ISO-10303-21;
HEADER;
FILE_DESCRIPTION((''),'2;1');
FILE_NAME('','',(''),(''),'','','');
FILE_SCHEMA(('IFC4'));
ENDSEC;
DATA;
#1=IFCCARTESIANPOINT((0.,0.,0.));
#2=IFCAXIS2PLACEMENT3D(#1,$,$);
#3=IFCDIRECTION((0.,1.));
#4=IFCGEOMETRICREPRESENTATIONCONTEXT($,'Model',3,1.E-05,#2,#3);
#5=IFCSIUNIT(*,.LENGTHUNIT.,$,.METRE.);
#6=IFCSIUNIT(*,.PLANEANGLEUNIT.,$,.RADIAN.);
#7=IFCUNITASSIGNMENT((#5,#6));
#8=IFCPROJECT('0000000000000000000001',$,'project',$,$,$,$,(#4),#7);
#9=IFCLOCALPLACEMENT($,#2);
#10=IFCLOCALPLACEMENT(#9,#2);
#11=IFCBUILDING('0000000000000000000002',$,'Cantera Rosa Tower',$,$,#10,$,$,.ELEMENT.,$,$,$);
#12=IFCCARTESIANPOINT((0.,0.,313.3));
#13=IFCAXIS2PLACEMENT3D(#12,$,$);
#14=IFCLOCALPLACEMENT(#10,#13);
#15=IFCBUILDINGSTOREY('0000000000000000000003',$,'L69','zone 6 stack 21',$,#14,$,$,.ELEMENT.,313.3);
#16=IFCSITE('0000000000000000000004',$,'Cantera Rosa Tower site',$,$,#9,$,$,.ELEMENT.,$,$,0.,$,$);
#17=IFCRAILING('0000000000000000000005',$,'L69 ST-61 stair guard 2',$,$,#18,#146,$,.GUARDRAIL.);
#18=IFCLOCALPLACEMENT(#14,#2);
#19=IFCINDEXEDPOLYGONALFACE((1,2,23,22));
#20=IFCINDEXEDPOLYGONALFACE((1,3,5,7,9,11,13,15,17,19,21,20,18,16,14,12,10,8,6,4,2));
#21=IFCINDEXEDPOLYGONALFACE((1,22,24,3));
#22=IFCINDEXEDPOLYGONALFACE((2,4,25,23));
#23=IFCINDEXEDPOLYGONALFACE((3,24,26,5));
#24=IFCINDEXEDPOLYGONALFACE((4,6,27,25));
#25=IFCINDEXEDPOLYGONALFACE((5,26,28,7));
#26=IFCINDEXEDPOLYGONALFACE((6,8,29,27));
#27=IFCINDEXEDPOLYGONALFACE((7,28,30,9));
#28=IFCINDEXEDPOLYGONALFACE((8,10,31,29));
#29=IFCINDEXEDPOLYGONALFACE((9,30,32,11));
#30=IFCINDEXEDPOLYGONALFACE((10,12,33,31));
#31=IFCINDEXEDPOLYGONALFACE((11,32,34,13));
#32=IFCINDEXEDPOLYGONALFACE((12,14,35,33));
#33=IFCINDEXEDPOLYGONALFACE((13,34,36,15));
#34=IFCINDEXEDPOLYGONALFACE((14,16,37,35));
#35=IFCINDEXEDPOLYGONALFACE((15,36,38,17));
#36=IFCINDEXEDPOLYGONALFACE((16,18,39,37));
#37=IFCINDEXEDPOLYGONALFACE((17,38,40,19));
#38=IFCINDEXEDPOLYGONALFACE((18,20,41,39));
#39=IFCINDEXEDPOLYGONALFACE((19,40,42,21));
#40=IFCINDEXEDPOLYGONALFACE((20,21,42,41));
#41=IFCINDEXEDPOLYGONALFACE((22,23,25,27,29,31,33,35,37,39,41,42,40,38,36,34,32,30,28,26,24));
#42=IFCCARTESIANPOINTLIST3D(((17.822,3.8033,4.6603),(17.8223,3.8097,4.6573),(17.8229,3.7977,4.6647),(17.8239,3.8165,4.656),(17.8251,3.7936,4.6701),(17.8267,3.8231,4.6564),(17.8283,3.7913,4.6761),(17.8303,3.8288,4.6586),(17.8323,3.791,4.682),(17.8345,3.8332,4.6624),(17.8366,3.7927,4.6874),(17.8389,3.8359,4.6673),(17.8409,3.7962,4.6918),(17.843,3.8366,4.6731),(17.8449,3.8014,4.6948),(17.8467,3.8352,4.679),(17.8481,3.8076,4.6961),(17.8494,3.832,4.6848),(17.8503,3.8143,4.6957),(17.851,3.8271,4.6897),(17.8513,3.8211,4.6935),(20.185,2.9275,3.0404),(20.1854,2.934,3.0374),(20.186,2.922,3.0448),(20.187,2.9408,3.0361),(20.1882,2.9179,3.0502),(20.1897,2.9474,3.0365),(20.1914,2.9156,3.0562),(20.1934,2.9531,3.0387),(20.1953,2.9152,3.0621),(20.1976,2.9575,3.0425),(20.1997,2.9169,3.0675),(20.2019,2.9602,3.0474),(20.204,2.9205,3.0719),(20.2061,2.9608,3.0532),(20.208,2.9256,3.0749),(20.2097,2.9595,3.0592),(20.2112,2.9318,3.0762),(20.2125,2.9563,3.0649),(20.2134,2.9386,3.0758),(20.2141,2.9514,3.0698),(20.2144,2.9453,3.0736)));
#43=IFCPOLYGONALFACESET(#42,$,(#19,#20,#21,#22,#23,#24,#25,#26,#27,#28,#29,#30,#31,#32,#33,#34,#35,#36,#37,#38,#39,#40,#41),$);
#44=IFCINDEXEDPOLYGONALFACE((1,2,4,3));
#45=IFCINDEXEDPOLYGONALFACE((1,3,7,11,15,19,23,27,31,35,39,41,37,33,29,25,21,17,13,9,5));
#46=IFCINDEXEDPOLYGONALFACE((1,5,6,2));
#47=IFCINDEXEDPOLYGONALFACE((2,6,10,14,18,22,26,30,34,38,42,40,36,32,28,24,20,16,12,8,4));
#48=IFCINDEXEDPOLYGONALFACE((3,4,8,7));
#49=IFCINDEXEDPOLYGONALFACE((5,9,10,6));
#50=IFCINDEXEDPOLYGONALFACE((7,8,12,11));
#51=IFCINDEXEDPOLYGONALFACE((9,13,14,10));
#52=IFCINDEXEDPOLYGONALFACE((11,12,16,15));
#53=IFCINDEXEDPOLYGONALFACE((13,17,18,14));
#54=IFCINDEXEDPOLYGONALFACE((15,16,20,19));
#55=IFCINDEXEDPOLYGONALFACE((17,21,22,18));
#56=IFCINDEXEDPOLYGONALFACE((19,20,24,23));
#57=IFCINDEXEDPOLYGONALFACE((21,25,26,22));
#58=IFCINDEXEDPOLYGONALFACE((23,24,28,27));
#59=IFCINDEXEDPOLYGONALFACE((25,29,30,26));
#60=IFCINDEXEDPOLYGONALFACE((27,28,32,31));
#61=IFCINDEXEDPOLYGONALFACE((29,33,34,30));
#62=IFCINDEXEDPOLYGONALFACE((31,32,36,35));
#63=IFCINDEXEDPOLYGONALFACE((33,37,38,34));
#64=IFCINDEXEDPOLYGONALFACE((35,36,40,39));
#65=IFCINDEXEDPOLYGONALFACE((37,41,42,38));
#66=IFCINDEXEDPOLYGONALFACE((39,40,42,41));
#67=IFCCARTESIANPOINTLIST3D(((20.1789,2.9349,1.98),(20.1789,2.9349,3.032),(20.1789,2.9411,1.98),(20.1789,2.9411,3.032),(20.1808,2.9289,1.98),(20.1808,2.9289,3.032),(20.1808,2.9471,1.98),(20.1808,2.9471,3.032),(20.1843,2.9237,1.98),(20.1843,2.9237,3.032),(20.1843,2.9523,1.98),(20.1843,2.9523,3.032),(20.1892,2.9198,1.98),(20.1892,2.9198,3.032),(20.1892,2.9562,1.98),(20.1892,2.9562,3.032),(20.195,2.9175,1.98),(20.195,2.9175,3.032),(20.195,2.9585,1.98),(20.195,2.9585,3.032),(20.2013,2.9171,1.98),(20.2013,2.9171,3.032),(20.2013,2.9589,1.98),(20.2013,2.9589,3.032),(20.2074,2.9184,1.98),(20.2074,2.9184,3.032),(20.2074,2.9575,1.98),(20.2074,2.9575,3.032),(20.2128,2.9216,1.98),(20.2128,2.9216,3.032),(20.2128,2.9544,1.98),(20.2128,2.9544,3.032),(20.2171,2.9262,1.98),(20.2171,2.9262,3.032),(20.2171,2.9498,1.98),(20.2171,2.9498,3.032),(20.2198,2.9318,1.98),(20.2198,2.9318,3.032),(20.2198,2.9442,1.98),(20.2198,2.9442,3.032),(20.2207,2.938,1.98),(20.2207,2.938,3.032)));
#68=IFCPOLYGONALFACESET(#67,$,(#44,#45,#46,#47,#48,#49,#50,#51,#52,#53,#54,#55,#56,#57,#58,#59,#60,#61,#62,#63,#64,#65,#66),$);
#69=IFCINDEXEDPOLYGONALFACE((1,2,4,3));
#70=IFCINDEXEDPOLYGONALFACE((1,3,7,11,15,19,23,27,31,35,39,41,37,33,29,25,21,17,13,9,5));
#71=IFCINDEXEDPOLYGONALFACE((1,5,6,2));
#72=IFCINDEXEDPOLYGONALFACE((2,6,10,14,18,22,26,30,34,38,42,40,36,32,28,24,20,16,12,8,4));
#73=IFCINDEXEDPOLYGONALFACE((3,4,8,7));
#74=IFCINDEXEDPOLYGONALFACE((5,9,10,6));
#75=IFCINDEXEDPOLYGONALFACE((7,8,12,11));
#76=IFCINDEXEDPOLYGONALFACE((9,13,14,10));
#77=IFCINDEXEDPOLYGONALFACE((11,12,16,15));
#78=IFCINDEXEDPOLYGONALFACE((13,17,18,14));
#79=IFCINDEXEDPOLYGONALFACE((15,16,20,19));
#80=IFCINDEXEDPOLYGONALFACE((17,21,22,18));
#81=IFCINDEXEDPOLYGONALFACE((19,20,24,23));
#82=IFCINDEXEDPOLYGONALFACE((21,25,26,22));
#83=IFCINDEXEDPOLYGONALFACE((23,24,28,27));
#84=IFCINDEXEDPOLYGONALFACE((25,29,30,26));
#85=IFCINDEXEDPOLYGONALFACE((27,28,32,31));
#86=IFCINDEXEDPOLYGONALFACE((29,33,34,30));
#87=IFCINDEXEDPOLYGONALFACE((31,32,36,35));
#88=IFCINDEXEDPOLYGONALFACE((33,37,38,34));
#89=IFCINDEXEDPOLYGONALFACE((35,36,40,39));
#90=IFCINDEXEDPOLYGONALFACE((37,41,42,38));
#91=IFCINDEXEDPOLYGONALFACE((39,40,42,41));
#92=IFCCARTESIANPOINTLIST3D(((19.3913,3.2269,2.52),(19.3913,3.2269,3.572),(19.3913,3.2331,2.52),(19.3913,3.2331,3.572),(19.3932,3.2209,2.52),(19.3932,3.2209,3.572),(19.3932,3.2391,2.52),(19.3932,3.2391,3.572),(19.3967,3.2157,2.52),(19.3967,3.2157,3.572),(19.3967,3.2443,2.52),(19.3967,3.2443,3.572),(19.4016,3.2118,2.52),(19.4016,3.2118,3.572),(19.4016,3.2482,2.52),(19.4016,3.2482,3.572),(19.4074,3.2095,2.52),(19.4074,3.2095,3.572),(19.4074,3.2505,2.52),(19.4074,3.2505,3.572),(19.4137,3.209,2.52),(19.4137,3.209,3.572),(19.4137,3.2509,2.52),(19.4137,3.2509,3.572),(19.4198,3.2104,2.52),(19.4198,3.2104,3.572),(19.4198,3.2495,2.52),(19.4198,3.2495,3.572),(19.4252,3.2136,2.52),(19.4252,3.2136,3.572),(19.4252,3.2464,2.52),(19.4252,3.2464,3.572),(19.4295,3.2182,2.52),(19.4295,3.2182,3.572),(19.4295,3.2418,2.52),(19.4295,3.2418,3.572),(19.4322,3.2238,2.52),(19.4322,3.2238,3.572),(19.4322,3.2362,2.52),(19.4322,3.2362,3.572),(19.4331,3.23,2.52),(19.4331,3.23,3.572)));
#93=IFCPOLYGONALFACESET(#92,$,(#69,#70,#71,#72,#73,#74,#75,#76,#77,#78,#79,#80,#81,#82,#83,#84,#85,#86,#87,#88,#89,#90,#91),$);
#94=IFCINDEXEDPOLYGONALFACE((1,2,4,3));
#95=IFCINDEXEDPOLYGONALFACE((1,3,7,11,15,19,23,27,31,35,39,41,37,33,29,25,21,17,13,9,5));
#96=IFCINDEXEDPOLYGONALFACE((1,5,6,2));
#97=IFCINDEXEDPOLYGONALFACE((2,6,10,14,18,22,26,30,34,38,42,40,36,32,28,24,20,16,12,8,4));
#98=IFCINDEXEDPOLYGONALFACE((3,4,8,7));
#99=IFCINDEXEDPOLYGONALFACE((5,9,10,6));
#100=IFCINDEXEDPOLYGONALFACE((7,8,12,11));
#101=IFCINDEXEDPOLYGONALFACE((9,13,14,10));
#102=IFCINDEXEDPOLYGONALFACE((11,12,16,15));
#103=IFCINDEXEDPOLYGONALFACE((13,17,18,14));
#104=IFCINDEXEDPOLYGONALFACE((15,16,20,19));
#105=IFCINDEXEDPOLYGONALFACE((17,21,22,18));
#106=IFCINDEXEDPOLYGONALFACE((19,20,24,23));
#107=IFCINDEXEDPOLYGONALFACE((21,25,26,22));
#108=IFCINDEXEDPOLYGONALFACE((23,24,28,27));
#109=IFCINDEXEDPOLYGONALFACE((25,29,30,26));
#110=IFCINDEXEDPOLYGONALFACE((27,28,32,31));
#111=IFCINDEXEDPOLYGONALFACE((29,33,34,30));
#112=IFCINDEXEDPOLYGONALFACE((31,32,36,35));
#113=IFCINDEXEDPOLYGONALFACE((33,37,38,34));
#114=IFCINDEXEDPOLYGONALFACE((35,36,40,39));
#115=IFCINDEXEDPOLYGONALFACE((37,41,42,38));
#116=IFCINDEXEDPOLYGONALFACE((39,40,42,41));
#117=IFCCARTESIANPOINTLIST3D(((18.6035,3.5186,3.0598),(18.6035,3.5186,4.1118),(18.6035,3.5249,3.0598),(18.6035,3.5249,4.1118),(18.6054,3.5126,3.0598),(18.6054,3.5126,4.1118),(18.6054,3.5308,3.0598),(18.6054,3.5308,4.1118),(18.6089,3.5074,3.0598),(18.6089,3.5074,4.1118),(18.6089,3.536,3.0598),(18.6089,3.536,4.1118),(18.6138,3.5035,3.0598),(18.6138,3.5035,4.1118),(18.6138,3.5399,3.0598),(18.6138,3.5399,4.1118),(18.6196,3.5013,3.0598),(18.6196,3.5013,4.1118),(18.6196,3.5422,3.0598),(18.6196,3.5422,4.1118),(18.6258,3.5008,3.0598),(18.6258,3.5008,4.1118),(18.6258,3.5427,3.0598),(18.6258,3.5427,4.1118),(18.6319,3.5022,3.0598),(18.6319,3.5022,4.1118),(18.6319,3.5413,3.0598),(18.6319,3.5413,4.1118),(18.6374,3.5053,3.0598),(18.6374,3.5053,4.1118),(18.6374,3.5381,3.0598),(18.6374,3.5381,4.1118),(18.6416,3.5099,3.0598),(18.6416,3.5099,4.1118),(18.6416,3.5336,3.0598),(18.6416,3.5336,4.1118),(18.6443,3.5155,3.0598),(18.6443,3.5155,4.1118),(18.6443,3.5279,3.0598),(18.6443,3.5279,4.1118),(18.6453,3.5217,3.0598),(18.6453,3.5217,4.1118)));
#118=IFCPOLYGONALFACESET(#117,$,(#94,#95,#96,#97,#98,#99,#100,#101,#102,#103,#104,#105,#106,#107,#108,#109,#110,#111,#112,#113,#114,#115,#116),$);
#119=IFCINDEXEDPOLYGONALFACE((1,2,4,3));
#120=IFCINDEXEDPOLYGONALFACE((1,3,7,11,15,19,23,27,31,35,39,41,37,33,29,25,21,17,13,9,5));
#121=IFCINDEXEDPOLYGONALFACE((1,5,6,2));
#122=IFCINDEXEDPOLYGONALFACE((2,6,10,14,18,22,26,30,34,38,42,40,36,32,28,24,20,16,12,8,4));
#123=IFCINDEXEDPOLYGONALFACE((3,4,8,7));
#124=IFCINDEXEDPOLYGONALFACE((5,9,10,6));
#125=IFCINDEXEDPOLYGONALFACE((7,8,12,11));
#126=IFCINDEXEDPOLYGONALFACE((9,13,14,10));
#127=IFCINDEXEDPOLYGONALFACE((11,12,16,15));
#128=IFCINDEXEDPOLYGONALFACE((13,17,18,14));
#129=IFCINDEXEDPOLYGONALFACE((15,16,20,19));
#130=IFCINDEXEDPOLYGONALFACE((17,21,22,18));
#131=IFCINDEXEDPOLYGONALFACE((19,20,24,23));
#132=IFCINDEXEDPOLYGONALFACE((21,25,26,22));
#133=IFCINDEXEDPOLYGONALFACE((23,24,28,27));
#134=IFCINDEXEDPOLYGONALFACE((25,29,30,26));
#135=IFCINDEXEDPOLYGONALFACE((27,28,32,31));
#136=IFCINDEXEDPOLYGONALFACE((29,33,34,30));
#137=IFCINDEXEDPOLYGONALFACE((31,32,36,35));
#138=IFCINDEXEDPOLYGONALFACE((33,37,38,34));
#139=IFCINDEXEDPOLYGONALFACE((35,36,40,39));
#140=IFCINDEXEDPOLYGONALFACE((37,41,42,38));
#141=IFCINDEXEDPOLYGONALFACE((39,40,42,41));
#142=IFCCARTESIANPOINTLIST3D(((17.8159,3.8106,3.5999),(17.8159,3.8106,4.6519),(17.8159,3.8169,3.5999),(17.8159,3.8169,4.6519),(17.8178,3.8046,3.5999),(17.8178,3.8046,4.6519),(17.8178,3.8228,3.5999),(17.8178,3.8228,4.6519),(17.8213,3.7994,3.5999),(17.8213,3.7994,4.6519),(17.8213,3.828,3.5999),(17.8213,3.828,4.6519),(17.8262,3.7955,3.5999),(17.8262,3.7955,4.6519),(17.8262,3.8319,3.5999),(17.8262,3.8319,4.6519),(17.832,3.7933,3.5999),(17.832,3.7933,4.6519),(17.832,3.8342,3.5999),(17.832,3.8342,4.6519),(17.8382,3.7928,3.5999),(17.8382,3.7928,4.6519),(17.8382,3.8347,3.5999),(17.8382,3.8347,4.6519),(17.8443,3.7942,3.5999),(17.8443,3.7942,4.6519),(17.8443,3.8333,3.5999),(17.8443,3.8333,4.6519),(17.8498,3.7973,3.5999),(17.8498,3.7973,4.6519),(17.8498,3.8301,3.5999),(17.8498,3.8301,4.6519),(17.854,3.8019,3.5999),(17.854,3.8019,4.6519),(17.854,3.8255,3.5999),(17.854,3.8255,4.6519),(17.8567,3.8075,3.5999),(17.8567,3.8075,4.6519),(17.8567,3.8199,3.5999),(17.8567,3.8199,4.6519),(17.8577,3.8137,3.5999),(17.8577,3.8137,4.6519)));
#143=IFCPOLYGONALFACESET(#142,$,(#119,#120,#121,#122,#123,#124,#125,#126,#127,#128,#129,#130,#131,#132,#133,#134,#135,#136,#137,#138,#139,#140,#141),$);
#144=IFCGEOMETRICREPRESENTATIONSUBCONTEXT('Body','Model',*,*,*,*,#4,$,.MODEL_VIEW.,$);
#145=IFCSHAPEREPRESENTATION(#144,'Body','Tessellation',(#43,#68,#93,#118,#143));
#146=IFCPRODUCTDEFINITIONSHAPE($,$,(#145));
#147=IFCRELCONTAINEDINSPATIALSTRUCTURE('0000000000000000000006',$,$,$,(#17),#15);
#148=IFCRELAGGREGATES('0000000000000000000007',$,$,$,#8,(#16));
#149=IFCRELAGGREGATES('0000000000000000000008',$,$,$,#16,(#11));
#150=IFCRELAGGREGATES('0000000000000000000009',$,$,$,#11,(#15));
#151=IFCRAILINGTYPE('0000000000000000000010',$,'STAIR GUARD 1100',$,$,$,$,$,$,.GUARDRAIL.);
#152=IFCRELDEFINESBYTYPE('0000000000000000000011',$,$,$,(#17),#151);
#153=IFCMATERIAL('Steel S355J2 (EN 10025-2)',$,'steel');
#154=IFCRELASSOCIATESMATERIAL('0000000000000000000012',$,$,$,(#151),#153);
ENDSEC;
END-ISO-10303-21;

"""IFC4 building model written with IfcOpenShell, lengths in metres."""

from ifc_helpers import new_model, si_unit, direction, frame, origin, origin_2d, place, context, subcontext, project, spatial, circle, extrude, material, type_object, element, save


model = new_model("IFC4")

# Units and contexts
model_context = context("Model", 3, precision=1e-05, world=origin(), true_north=direction((0.0, 1.0)))
body_context = subcontext(model_context, "Body", "Model", "MODEL_VIEW")
ifc_project = project(units=[si_unit("LENGTHUNIT", "METRE"), si_unit("PLANEANGLEUNIT", "RADIAN")], contexts=[model_context])

# Site, building, storey
site_placement = place(None, origin())
site = spatial("IfcSite", under=ifc_project, at=site_placement, Name="Cantera Rosa Tower site", CompositionType="ELEMENT", RefElevation=0.0)
building_placement = place(site_placement, origin())
building = spatial("IfcBuilding", under=site, at=building_placement, Name="Cantera Rosa Tower", CompositionType="ELEMENT")
storey_placement = place(building_placement, frame((0.0, 0.0, 313.3)))
storey = spatial("IfcBuildingStorey", under=building, at=storey_placement, Name="L69", Description="zone 6 stack 21", CompositionType="ELEMENT", Elevation=313.3)

# Railing
ifc_material_1 = material(Name="Steel S355J2 (EN 10025-2)", Category="steel")
railing_type_1 = type_object("IfcRailingType", Name="STAIR GUARD 1100", PredefinedType="GUARDRAIL", material=ifc_material_1)
railing_1_placement = place(storey_placement, frame((20.1997, 2.938, 1.98)))
element("IfcRailing", 1, at=railing_1_placement, inside=storey, type_object=railing_type_1, Name="L69 ST-61 stair guard 2", PredefinedType="GUARDRAIL", context=body_context, shape_type="SweptSolid", body=[
    extrude(circle(Radius=0.0239, at=origin_2d()), frame((0.0, 0.0, 1.0762), z_axis=(-0.788782, 0.29232, 0.540714), x_axis=(-0.347501, -0.93768, 0.0)), (0.0, 0.0, 1.0), 2.9958),
    extrude(circle(Radius=0.021, at=origin_2d()), origin(), (0.0, 0.0, 1.0), 1.052),
    extrude(circle(Radius=0.021, at=origin_2d()), frame((-0.7876, 0.292, 0.54)), (0.0, 0.0, 1.0), 1.052),
    extrude(circle(Radius=0.021, at=origin_2d()), frame((-1.5754, 0.5837, 1.0798)), (0.0, 0.0, 1.0), 1.052),
    extrude(circle(Radius=0.021, at=origin_2d()), frame((-2.363, 0.8757, 1.6199)), (0.0, 0.0, 1.0), 1.052),
])

save(model, "model.ifc")
